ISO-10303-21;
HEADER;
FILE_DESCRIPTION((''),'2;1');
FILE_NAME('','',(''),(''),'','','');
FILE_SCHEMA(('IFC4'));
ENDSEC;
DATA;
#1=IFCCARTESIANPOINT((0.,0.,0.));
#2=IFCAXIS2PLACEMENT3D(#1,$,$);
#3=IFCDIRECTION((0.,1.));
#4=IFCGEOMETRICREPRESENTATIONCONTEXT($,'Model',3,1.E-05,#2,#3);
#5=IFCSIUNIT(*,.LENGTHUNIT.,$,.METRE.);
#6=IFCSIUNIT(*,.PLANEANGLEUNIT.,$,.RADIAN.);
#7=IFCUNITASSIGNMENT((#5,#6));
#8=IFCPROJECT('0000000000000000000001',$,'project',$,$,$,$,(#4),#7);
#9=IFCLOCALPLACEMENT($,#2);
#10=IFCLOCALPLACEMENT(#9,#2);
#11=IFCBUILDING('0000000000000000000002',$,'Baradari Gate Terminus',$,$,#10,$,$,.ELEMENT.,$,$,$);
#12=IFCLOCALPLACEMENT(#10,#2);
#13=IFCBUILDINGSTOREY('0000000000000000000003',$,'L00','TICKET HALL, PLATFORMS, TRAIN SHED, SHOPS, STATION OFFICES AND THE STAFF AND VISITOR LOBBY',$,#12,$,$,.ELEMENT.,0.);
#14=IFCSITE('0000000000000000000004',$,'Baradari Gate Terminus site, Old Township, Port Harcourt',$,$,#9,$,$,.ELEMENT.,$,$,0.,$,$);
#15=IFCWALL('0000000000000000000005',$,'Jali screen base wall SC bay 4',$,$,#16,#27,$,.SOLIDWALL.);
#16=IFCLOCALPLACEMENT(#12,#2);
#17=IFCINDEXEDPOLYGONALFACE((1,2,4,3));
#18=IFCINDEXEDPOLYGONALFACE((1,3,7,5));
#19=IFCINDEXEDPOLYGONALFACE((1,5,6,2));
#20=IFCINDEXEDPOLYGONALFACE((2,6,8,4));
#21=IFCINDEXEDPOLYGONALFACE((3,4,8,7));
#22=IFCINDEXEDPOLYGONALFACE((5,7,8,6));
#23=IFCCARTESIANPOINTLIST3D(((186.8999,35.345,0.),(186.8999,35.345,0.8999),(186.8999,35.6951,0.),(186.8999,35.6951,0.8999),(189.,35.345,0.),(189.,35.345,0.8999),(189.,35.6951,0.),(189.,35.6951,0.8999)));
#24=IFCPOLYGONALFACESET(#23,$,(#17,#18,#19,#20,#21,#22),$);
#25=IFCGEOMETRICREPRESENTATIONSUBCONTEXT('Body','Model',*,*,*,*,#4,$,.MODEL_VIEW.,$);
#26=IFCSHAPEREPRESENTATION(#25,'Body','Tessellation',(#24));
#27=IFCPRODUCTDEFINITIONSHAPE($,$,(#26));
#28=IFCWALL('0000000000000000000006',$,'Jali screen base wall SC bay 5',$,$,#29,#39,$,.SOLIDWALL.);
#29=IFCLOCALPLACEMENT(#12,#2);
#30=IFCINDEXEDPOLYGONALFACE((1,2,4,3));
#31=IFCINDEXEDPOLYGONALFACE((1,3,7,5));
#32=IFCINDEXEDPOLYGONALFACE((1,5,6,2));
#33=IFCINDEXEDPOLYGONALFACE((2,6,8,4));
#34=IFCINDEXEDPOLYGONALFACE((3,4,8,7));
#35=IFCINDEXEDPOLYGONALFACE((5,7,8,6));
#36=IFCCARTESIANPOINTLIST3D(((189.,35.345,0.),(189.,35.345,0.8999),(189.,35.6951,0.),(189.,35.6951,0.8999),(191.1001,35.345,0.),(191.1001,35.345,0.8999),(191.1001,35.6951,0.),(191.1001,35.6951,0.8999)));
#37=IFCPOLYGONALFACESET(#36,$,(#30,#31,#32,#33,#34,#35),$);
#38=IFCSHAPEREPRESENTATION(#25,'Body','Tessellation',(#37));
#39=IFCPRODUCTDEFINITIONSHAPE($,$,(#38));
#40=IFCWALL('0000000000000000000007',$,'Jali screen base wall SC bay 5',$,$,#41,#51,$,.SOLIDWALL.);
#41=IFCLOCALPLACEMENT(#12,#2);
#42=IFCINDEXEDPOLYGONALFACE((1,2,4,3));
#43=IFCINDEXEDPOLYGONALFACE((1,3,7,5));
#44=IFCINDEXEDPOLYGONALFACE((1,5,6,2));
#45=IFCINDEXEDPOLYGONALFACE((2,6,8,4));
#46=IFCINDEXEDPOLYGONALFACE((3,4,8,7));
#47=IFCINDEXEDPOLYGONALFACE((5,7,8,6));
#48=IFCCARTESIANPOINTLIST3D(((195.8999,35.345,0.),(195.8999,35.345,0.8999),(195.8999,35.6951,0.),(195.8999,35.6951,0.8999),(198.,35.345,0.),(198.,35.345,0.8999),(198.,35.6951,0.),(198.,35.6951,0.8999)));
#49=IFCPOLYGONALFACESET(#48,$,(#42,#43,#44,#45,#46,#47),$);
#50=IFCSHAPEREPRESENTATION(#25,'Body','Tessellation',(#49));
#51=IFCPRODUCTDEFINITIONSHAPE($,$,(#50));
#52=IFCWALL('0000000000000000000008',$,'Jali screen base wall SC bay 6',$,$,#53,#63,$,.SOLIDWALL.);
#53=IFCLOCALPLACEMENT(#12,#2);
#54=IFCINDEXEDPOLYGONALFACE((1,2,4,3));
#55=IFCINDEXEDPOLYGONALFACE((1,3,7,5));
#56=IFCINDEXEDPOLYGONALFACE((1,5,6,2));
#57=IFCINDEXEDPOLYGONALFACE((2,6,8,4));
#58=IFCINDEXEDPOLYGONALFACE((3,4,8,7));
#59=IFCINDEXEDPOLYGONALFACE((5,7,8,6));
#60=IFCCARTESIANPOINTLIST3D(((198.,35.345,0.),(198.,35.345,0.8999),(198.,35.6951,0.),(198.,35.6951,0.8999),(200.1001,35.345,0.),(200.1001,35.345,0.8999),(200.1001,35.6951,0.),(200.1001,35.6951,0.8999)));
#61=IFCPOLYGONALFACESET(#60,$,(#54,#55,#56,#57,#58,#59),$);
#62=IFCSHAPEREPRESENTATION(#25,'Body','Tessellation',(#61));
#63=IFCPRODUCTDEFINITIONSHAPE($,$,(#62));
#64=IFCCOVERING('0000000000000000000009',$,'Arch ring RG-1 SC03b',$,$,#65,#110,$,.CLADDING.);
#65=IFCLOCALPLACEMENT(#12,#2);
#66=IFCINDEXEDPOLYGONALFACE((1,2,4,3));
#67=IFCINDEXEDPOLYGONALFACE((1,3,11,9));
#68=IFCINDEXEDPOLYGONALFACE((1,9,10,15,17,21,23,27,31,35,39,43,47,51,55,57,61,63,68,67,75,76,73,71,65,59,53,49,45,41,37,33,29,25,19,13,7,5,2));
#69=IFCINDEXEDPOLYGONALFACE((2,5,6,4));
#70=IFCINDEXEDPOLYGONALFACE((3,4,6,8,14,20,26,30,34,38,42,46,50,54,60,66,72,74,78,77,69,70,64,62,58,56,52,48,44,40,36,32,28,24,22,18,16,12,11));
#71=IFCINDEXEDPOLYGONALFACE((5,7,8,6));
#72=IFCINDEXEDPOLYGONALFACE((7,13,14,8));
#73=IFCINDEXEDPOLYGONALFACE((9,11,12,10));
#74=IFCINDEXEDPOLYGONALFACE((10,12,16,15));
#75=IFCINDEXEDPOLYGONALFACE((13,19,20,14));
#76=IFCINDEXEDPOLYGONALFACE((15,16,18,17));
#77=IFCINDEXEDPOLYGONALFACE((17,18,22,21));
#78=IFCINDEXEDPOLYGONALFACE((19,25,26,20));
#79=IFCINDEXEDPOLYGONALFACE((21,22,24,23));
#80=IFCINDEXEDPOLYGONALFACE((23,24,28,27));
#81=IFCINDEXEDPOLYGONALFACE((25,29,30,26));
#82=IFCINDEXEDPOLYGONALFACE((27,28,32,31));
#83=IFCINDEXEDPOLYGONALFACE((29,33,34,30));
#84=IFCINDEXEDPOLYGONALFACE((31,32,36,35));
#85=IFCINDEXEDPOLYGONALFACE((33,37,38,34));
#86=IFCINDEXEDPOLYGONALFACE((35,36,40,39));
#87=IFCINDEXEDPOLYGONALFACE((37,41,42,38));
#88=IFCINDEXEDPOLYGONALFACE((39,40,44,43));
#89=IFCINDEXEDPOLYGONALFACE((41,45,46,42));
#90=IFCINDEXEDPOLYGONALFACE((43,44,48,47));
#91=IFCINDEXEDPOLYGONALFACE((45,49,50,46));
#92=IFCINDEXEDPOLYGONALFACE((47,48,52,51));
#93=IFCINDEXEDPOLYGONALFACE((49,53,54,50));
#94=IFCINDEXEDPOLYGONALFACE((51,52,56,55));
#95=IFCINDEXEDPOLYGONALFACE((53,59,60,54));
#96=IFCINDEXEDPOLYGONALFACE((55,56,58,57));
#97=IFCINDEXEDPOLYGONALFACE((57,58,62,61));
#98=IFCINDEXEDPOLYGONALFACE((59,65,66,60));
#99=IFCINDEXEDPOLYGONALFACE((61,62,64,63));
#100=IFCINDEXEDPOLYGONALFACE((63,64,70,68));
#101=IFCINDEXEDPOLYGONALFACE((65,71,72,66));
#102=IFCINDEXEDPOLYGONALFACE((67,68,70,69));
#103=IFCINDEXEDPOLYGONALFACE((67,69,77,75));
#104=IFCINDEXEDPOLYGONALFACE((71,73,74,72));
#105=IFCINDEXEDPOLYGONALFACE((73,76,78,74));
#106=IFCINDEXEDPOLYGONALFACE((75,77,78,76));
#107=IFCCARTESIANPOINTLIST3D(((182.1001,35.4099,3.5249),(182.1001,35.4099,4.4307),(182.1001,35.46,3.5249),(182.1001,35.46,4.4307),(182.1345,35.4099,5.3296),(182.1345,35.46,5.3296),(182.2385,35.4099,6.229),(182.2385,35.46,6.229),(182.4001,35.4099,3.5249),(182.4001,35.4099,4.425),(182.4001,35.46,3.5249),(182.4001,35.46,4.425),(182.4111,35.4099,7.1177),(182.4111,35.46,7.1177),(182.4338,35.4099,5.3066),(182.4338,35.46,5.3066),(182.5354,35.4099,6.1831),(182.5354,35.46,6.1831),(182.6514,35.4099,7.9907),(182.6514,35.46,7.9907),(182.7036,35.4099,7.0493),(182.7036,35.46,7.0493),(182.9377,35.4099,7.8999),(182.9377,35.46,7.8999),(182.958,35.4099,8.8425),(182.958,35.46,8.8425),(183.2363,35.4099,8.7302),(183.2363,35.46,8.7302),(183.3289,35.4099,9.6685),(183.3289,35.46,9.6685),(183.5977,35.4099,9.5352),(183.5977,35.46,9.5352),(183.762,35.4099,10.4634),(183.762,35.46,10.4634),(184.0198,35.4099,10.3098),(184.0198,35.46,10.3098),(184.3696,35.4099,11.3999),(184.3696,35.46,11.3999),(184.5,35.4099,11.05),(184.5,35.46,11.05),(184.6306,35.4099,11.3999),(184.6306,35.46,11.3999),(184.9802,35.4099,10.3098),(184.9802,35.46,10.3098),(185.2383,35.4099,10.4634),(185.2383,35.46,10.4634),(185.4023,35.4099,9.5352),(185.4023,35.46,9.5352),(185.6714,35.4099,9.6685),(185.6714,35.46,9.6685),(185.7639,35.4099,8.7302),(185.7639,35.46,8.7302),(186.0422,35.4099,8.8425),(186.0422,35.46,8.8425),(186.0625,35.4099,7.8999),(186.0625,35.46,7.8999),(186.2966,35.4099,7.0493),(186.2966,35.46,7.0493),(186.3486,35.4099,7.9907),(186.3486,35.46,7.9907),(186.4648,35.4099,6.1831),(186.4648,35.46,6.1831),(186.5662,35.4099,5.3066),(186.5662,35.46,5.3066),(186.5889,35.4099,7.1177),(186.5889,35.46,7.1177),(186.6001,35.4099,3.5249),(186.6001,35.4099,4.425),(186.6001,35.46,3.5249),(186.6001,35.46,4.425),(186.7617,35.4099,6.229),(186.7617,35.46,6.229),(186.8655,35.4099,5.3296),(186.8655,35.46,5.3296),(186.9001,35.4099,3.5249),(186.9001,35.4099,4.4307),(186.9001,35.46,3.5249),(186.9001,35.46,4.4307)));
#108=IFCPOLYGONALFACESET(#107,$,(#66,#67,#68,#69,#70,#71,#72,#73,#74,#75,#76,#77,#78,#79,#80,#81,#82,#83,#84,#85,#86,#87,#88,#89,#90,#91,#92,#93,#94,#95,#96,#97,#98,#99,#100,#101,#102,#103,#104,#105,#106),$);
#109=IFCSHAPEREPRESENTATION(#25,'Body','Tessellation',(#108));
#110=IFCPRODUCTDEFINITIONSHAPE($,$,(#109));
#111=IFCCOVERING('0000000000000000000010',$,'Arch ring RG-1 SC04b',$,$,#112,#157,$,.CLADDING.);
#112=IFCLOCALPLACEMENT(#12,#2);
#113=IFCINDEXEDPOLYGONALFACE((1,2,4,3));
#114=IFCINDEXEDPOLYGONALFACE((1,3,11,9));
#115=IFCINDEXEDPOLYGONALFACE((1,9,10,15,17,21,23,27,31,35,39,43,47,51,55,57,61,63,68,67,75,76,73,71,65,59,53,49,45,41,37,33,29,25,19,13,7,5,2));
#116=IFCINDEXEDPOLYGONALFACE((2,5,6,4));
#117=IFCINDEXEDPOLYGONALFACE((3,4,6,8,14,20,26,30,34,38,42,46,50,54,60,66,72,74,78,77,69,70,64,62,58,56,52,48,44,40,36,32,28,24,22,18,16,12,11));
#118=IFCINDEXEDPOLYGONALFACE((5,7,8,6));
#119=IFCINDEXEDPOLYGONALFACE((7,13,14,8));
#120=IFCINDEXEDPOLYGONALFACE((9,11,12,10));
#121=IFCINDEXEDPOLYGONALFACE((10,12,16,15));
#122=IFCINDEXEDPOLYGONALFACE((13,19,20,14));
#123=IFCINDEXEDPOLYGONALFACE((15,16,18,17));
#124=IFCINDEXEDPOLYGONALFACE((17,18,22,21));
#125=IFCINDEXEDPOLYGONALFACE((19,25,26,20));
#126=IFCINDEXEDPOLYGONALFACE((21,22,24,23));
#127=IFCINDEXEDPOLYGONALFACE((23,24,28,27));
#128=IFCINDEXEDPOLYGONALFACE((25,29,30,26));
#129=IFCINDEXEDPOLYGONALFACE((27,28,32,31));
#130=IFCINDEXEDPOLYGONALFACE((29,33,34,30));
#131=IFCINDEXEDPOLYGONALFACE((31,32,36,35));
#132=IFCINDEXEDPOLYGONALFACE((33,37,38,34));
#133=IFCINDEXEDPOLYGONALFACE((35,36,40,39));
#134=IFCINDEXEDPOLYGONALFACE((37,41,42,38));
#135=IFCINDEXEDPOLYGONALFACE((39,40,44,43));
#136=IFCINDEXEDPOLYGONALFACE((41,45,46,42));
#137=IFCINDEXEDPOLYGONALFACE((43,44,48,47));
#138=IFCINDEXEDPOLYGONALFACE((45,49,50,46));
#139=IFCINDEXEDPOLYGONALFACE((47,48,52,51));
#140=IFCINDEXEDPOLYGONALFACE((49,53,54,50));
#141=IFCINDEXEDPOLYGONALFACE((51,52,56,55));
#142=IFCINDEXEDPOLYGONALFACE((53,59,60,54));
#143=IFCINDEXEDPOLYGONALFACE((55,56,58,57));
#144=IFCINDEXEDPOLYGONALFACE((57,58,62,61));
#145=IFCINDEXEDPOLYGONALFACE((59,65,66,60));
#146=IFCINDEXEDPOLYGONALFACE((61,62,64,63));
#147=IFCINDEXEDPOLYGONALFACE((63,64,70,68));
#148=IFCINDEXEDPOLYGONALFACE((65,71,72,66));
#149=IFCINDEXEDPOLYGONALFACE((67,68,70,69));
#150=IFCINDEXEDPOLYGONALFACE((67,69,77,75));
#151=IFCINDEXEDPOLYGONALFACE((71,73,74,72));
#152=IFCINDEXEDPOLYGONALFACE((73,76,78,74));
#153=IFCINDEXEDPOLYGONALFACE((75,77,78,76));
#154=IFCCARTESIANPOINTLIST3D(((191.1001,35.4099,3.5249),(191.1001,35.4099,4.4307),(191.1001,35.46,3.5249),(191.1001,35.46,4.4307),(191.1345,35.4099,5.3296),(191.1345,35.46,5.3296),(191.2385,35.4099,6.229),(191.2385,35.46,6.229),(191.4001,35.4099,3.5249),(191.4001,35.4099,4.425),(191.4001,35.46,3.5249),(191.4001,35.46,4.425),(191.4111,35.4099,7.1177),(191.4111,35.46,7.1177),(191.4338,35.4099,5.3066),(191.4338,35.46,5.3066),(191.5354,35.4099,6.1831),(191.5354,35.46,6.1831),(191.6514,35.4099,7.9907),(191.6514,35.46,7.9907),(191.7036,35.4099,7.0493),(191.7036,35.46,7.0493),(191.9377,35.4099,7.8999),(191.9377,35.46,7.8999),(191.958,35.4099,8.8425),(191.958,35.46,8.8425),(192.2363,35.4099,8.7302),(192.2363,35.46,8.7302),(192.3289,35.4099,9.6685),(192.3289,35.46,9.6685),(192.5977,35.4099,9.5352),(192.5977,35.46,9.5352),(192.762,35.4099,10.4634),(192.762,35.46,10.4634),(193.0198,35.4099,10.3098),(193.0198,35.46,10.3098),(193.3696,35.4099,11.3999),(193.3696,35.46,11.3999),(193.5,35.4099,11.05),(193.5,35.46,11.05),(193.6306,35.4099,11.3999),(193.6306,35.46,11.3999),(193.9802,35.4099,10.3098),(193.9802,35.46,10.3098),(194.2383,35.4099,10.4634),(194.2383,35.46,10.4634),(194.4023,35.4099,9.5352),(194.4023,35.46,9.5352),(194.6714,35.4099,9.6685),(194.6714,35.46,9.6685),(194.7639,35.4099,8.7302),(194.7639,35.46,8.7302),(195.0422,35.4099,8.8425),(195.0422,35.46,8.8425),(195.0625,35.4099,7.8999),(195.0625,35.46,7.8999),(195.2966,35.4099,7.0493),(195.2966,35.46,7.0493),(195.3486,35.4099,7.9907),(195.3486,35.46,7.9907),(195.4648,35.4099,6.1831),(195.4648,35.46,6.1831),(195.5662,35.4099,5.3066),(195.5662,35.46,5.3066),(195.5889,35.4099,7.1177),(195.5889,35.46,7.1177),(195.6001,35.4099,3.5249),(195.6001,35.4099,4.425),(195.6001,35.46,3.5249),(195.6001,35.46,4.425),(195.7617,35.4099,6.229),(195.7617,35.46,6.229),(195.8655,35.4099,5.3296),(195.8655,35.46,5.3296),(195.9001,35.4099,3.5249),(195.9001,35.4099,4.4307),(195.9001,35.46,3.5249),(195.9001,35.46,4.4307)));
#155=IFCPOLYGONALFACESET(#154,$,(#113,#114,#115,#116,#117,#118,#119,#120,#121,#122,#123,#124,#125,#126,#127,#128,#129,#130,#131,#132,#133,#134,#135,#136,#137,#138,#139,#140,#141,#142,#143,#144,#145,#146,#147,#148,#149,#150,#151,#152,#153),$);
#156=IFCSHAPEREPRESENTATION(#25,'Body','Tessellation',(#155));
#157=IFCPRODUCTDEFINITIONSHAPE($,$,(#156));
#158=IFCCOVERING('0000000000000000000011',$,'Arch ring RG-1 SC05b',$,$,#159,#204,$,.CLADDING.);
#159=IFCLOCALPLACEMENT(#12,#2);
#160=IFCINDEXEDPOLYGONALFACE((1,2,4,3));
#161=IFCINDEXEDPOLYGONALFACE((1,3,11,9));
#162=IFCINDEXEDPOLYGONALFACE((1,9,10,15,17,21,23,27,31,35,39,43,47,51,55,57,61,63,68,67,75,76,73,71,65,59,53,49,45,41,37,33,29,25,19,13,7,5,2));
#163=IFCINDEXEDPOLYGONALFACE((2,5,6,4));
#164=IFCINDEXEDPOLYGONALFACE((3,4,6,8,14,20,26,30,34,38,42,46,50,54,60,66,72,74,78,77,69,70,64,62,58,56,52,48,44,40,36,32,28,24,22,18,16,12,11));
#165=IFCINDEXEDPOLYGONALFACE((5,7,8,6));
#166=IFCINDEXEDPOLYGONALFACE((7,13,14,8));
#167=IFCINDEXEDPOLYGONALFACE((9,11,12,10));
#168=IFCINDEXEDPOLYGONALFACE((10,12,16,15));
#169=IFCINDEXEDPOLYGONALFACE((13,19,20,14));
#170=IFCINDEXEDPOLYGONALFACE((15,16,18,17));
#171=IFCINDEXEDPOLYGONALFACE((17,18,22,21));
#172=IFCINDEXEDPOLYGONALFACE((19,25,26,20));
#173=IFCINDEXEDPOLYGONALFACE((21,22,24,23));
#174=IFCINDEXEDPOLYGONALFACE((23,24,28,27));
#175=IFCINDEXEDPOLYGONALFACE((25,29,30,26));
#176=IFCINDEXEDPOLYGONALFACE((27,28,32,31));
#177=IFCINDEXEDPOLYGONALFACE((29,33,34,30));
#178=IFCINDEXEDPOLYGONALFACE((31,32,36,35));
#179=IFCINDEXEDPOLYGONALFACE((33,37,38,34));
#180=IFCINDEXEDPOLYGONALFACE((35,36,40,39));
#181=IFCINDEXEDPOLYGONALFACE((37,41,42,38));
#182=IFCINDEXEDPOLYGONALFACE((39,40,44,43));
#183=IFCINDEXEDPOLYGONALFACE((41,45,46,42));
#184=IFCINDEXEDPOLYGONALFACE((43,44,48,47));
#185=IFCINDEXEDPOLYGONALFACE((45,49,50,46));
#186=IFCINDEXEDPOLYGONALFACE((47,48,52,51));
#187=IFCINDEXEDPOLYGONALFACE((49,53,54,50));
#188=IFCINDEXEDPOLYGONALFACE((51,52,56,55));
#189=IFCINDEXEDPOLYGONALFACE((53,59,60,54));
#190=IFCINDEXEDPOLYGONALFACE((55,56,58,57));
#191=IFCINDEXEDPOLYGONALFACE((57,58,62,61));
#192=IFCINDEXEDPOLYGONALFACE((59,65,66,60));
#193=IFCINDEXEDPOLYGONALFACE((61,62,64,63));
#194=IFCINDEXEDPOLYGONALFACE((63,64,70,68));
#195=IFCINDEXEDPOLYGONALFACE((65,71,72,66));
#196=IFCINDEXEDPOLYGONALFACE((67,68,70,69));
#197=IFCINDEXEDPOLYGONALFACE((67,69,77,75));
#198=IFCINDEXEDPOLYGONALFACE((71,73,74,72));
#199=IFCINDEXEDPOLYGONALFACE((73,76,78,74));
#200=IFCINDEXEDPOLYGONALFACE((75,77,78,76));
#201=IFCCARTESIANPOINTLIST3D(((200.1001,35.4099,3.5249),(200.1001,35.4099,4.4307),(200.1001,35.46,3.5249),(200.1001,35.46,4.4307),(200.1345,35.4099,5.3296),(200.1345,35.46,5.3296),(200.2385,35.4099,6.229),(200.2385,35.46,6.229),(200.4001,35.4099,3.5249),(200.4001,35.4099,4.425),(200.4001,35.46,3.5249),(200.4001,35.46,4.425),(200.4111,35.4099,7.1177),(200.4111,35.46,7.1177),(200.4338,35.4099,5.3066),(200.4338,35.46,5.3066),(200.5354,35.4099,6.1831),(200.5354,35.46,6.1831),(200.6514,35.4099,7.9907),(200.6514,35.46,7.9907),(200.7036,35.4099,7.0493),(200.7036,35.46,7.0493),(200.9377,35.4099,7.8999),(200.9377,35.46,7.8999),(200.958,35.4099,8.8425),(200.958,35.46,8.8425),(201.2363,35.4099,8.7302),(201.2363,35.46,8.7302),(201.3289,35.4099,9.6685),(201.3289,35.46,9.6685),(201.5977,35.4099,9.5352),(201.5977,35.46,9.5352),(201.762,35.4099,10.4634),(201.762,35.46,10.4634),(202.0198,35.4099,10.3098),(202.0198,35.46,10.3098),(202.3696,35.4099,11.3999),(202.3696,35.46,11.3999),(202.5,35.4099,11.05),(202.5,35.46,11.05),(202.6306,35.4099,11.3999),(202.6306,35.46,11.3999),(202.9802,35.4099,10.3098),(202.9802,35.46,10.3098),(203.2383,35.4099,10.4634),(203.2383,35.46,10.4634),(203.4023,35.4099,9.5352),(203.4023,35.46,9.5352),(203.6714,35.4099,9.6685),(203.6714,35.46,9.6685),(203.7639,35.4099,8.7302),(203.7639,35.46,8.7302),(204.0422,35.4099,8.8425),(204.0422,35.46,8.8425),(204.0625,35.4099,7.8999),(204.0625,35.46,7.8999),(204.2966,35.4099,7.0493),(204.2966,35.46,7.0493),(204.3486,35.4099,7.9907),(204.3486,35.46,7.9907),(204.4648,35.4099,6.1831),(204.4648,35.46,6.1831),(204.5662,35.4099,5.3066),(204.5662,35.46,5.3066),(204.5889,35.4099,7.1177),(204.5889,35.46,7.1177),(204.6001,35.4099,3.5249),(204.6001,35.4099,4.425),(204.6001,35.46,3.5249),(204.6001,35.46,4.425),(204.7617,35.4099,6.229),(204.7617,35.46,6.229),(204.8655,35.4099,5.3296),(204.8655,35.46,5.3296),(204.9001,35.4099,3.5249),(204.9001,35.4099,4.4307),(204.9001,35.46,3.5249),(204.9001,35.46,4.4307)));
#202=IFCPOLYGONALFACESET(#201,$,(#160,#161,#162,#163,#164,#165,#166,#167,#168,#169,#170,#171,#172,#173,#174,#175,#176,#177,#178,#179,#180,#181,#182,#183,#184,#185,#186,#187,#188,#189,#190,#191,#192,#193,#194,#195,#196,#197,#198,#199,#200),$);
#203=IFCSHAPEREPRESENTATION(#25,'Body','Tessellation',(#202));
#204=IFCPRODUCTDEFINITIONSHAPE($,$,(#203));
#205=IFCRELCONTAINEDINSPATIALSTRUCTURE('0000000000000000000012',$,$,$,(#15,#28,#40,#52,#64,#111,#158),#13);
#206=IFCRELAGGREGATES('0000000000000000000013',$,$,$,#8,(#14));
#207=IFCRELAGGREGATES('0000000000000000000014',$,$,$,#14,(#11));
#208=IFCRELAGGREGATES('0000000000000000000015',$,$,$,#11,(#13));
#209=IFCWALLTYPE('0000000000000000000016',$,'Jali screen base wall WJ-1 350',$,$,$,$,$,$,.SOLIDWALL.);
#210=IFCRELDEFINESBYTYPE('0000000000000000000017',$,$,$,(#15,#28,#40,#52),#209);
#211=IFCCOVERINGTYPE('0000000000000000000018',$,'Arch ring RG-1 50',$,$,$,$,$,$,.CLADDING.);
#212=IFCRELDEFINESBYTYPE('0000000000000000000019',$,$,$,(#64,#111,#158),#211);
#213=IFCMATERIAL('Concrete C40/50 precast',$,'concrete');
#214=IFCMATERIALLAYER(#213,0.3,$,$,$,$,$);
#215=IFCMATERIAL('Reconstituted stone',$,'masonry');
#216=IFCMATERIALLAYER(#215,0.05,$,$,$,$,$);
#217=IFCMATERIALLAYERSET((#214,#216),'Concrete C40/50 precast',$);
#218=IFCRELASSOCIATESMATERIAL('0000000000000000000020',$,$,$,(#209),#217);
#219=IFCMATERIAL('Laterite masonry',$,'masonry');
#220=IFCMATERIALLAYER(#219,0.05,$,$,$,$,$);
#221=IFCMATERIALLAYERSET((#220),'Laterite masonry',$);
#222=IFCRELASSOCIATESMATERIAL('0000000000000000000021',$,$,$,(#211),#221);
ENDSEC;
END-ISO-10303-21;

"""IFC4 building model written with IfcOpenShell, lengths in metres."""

from ifc_helpers import new_model, si_unit, direction, frame, frame_2d, origin, place, context, subcontext, project, spatial, polyline, rectangle, outline, extrude, material, layer, layer_set, type_object, element, save


model = new_model("IFC4")

# Units and contexts
model_context = context("Model", 3, precision=1e-05, world=origin(), true_north=direction((0.0, 1.0)))
body_context = subcontext(model_context, "Body", "Model", "MODEL_VIEW")
ifc_project = project(units=[si_unit("LENGTHUNIT", "METRE"), si_unit("PLANEANGLEUNIT", "RADIAN")], contexts=[model_context])

# Site, building, storey
site_placement = place(None, origin())
site = spatial("IfcSite", under=ifc_project, at=site_placement, Name="Baradari Gate Terminus site, Old Township, Port Harcourt", CompositionType="ELEMENT", RefElevation=0.0)
building_placement = place(site_placement, origin())
building = spatial("IfcBuilding", under=site, at=building_placement, Name="Baradari Gate Terminus", CompositionType="ELEMENT")
storey_placement = place(building_placement, origin())
storey = spatial("IfcBuildingStorey", under=building, at=storey_placement, Name="L00", Description="TICKET HALL, PLATFORMS, TRAIN SHED, SHOPS, STATION OFFICES AND THE STAFF AND VISITOR LOBBY", CompositionType="ELEMENT", Elevation=0.0)

# Walls
ifc_material_1 = material(Name="Concrete C40/50 precast", Category="concrete")
ifc_layer_1 = layer(ifc_material_1, 0.3)
ifc_material_2 = material(Name="Reconstituted stone", Category="masonry")
ifc_layer_2 = layer(ifc_material_2, 0.05)
ifc_layer_set_1 = layer_set([ifc_layer_1, ifc_layer_2], Name="Concrete C40/50 precast")
wall_type_1 = type_object("IfcWallType", Name="Jali screen base wall WJ-1 350", PredefinedType="SOLIDWALL", material=ifc_layer_set_1)
for number, where, z_axis, x_axis, name in (
    (1, (186.8999, 35.52, 0.0), (0.0, 0.0, 1.0), (1.0, 0.0, 0.0), "Jali screen base wall SC bay 4"),
    (2, (189.0, 35.52, 0.0), (0.0, 0.0, 1.0), (1.0, 0.0, 0.0), "Jali screen base wall SC bay 5"),
    (3, (195.8999, 35.52, 0.0), (0.0, 0.0, 1.0), (1.0, 0.0, 0.0), "Jali screen base wall SC bay 5"),
    (4, (198.0, 35.52, 0.0), (0.0, 0.0, 1.0), (1.0, 0.0, 0.0), "Jali screen base wall SC bay 6"),
):
    element("IfcWall", number, at=place(storey_placement, frame(where, z_axis=z_axis, x_axis=x_axis)), inside=storey, type_object=wall_type_1, Name=name, PredefinedType="SOLIDWALL", context=body_context, shape_type="SweptSolid", body=[
        extrude(rectangle(XDim=2.1001, YDim=0.3501, at=frame_2d((1.05, 0.0))), origin(), (0.0, 0.0, 1.0), 0.8999),
    ])

# Coverings
ifc_material_3 = material(Name="Laterite masonry", Category="masonry")
ifc_layer_3 = layer(ifc_material_3, 0.05)
ifc_layer_set_2 = layer_set([ifc_layer_3], Name="Laterite masonry")
covering_type = type_object("IfcCoveringType", Name="Arch ring RG-1 50", PredefinedType="CLADDING", material=ifc_layer_set_2)
for number, where, z_axis, x_axis, name in (
    (5, (182.1001, 35.4351, 3.5249), (0.0, 0.0, 1.0), (1.0, 0.0, 0.0), "Arch ring RG-1 SC03b"),
    (6, (191.1001, 35.4351, 3.5249), (0.0, 0.0, 1.0), (1.0, 0.0, 0.0), "Arch ring RG-1 SC04b"),
    (7, (200.1001, 35.4351, 3.5249), (0.0, 0.0, 1.0), (1.0, 0.0, 0.0), "Arch ring RG-1 SC05b"),
):
    element("IfcCovering", number, at=place(storey_placement, frame(where, z_axis=z_axis, x_axis=x_axis)), inside=storey, type_object=covering_type, Name=name, PredefinedType="CLADDING", context=body_context, shape_type="SweptSolid", body=[
        extrude(outline(polyline([(0.0344, 1.8047), (0.0, 0.9058), (0.0, 0.0), (0.3, 0.0), (0.3, 0.9001), (0.3337, 1.7817), (0.4353, 2.6582), (0.6035, 3.5244), (0.8376, 4.375), (1.1362, 5.2053), (1.4976, 6.0103), (1.9197, 6.7849), (2.3999, 7.5251), (2.8801, 6.7849), (3.3022, 6.0103), (3.6638, 5.2053), (3.9624, 4.375), (4.1965, 3.5244), (4.3647, 2.6582), (4.4661, 1.7817), (4.5, 0.9001), (4.5, 0.0), (4.8, 0.0), (4.8, 0.9058), (4.7654, 1.8047), (4.6616, 2.7041), (4.4888, 3.5928), (4.2485, 4.4658), (3.9421, 5.3176), (3.5713, 6.1436), (3.1382, 6.9385), (2.5305, 7.875), (2.2695, 7.875), (1.6619, 6.9385), (1.2288, 6.1436), (0.8579, 5.3176), (0.5513, 4.4658), (0.311, 3.5928), (0.1384, 2.7041), (0.0344, 1.8047)])), frame((0.0, 0.0249, 0.0), z_axis=(0.0, -1.0, 0.0), x_axis=(1.0, 0.0, 0.0)), (0.0, 0.0, 1.0), 0.05),
    ])

save(model, "model.ifc")
